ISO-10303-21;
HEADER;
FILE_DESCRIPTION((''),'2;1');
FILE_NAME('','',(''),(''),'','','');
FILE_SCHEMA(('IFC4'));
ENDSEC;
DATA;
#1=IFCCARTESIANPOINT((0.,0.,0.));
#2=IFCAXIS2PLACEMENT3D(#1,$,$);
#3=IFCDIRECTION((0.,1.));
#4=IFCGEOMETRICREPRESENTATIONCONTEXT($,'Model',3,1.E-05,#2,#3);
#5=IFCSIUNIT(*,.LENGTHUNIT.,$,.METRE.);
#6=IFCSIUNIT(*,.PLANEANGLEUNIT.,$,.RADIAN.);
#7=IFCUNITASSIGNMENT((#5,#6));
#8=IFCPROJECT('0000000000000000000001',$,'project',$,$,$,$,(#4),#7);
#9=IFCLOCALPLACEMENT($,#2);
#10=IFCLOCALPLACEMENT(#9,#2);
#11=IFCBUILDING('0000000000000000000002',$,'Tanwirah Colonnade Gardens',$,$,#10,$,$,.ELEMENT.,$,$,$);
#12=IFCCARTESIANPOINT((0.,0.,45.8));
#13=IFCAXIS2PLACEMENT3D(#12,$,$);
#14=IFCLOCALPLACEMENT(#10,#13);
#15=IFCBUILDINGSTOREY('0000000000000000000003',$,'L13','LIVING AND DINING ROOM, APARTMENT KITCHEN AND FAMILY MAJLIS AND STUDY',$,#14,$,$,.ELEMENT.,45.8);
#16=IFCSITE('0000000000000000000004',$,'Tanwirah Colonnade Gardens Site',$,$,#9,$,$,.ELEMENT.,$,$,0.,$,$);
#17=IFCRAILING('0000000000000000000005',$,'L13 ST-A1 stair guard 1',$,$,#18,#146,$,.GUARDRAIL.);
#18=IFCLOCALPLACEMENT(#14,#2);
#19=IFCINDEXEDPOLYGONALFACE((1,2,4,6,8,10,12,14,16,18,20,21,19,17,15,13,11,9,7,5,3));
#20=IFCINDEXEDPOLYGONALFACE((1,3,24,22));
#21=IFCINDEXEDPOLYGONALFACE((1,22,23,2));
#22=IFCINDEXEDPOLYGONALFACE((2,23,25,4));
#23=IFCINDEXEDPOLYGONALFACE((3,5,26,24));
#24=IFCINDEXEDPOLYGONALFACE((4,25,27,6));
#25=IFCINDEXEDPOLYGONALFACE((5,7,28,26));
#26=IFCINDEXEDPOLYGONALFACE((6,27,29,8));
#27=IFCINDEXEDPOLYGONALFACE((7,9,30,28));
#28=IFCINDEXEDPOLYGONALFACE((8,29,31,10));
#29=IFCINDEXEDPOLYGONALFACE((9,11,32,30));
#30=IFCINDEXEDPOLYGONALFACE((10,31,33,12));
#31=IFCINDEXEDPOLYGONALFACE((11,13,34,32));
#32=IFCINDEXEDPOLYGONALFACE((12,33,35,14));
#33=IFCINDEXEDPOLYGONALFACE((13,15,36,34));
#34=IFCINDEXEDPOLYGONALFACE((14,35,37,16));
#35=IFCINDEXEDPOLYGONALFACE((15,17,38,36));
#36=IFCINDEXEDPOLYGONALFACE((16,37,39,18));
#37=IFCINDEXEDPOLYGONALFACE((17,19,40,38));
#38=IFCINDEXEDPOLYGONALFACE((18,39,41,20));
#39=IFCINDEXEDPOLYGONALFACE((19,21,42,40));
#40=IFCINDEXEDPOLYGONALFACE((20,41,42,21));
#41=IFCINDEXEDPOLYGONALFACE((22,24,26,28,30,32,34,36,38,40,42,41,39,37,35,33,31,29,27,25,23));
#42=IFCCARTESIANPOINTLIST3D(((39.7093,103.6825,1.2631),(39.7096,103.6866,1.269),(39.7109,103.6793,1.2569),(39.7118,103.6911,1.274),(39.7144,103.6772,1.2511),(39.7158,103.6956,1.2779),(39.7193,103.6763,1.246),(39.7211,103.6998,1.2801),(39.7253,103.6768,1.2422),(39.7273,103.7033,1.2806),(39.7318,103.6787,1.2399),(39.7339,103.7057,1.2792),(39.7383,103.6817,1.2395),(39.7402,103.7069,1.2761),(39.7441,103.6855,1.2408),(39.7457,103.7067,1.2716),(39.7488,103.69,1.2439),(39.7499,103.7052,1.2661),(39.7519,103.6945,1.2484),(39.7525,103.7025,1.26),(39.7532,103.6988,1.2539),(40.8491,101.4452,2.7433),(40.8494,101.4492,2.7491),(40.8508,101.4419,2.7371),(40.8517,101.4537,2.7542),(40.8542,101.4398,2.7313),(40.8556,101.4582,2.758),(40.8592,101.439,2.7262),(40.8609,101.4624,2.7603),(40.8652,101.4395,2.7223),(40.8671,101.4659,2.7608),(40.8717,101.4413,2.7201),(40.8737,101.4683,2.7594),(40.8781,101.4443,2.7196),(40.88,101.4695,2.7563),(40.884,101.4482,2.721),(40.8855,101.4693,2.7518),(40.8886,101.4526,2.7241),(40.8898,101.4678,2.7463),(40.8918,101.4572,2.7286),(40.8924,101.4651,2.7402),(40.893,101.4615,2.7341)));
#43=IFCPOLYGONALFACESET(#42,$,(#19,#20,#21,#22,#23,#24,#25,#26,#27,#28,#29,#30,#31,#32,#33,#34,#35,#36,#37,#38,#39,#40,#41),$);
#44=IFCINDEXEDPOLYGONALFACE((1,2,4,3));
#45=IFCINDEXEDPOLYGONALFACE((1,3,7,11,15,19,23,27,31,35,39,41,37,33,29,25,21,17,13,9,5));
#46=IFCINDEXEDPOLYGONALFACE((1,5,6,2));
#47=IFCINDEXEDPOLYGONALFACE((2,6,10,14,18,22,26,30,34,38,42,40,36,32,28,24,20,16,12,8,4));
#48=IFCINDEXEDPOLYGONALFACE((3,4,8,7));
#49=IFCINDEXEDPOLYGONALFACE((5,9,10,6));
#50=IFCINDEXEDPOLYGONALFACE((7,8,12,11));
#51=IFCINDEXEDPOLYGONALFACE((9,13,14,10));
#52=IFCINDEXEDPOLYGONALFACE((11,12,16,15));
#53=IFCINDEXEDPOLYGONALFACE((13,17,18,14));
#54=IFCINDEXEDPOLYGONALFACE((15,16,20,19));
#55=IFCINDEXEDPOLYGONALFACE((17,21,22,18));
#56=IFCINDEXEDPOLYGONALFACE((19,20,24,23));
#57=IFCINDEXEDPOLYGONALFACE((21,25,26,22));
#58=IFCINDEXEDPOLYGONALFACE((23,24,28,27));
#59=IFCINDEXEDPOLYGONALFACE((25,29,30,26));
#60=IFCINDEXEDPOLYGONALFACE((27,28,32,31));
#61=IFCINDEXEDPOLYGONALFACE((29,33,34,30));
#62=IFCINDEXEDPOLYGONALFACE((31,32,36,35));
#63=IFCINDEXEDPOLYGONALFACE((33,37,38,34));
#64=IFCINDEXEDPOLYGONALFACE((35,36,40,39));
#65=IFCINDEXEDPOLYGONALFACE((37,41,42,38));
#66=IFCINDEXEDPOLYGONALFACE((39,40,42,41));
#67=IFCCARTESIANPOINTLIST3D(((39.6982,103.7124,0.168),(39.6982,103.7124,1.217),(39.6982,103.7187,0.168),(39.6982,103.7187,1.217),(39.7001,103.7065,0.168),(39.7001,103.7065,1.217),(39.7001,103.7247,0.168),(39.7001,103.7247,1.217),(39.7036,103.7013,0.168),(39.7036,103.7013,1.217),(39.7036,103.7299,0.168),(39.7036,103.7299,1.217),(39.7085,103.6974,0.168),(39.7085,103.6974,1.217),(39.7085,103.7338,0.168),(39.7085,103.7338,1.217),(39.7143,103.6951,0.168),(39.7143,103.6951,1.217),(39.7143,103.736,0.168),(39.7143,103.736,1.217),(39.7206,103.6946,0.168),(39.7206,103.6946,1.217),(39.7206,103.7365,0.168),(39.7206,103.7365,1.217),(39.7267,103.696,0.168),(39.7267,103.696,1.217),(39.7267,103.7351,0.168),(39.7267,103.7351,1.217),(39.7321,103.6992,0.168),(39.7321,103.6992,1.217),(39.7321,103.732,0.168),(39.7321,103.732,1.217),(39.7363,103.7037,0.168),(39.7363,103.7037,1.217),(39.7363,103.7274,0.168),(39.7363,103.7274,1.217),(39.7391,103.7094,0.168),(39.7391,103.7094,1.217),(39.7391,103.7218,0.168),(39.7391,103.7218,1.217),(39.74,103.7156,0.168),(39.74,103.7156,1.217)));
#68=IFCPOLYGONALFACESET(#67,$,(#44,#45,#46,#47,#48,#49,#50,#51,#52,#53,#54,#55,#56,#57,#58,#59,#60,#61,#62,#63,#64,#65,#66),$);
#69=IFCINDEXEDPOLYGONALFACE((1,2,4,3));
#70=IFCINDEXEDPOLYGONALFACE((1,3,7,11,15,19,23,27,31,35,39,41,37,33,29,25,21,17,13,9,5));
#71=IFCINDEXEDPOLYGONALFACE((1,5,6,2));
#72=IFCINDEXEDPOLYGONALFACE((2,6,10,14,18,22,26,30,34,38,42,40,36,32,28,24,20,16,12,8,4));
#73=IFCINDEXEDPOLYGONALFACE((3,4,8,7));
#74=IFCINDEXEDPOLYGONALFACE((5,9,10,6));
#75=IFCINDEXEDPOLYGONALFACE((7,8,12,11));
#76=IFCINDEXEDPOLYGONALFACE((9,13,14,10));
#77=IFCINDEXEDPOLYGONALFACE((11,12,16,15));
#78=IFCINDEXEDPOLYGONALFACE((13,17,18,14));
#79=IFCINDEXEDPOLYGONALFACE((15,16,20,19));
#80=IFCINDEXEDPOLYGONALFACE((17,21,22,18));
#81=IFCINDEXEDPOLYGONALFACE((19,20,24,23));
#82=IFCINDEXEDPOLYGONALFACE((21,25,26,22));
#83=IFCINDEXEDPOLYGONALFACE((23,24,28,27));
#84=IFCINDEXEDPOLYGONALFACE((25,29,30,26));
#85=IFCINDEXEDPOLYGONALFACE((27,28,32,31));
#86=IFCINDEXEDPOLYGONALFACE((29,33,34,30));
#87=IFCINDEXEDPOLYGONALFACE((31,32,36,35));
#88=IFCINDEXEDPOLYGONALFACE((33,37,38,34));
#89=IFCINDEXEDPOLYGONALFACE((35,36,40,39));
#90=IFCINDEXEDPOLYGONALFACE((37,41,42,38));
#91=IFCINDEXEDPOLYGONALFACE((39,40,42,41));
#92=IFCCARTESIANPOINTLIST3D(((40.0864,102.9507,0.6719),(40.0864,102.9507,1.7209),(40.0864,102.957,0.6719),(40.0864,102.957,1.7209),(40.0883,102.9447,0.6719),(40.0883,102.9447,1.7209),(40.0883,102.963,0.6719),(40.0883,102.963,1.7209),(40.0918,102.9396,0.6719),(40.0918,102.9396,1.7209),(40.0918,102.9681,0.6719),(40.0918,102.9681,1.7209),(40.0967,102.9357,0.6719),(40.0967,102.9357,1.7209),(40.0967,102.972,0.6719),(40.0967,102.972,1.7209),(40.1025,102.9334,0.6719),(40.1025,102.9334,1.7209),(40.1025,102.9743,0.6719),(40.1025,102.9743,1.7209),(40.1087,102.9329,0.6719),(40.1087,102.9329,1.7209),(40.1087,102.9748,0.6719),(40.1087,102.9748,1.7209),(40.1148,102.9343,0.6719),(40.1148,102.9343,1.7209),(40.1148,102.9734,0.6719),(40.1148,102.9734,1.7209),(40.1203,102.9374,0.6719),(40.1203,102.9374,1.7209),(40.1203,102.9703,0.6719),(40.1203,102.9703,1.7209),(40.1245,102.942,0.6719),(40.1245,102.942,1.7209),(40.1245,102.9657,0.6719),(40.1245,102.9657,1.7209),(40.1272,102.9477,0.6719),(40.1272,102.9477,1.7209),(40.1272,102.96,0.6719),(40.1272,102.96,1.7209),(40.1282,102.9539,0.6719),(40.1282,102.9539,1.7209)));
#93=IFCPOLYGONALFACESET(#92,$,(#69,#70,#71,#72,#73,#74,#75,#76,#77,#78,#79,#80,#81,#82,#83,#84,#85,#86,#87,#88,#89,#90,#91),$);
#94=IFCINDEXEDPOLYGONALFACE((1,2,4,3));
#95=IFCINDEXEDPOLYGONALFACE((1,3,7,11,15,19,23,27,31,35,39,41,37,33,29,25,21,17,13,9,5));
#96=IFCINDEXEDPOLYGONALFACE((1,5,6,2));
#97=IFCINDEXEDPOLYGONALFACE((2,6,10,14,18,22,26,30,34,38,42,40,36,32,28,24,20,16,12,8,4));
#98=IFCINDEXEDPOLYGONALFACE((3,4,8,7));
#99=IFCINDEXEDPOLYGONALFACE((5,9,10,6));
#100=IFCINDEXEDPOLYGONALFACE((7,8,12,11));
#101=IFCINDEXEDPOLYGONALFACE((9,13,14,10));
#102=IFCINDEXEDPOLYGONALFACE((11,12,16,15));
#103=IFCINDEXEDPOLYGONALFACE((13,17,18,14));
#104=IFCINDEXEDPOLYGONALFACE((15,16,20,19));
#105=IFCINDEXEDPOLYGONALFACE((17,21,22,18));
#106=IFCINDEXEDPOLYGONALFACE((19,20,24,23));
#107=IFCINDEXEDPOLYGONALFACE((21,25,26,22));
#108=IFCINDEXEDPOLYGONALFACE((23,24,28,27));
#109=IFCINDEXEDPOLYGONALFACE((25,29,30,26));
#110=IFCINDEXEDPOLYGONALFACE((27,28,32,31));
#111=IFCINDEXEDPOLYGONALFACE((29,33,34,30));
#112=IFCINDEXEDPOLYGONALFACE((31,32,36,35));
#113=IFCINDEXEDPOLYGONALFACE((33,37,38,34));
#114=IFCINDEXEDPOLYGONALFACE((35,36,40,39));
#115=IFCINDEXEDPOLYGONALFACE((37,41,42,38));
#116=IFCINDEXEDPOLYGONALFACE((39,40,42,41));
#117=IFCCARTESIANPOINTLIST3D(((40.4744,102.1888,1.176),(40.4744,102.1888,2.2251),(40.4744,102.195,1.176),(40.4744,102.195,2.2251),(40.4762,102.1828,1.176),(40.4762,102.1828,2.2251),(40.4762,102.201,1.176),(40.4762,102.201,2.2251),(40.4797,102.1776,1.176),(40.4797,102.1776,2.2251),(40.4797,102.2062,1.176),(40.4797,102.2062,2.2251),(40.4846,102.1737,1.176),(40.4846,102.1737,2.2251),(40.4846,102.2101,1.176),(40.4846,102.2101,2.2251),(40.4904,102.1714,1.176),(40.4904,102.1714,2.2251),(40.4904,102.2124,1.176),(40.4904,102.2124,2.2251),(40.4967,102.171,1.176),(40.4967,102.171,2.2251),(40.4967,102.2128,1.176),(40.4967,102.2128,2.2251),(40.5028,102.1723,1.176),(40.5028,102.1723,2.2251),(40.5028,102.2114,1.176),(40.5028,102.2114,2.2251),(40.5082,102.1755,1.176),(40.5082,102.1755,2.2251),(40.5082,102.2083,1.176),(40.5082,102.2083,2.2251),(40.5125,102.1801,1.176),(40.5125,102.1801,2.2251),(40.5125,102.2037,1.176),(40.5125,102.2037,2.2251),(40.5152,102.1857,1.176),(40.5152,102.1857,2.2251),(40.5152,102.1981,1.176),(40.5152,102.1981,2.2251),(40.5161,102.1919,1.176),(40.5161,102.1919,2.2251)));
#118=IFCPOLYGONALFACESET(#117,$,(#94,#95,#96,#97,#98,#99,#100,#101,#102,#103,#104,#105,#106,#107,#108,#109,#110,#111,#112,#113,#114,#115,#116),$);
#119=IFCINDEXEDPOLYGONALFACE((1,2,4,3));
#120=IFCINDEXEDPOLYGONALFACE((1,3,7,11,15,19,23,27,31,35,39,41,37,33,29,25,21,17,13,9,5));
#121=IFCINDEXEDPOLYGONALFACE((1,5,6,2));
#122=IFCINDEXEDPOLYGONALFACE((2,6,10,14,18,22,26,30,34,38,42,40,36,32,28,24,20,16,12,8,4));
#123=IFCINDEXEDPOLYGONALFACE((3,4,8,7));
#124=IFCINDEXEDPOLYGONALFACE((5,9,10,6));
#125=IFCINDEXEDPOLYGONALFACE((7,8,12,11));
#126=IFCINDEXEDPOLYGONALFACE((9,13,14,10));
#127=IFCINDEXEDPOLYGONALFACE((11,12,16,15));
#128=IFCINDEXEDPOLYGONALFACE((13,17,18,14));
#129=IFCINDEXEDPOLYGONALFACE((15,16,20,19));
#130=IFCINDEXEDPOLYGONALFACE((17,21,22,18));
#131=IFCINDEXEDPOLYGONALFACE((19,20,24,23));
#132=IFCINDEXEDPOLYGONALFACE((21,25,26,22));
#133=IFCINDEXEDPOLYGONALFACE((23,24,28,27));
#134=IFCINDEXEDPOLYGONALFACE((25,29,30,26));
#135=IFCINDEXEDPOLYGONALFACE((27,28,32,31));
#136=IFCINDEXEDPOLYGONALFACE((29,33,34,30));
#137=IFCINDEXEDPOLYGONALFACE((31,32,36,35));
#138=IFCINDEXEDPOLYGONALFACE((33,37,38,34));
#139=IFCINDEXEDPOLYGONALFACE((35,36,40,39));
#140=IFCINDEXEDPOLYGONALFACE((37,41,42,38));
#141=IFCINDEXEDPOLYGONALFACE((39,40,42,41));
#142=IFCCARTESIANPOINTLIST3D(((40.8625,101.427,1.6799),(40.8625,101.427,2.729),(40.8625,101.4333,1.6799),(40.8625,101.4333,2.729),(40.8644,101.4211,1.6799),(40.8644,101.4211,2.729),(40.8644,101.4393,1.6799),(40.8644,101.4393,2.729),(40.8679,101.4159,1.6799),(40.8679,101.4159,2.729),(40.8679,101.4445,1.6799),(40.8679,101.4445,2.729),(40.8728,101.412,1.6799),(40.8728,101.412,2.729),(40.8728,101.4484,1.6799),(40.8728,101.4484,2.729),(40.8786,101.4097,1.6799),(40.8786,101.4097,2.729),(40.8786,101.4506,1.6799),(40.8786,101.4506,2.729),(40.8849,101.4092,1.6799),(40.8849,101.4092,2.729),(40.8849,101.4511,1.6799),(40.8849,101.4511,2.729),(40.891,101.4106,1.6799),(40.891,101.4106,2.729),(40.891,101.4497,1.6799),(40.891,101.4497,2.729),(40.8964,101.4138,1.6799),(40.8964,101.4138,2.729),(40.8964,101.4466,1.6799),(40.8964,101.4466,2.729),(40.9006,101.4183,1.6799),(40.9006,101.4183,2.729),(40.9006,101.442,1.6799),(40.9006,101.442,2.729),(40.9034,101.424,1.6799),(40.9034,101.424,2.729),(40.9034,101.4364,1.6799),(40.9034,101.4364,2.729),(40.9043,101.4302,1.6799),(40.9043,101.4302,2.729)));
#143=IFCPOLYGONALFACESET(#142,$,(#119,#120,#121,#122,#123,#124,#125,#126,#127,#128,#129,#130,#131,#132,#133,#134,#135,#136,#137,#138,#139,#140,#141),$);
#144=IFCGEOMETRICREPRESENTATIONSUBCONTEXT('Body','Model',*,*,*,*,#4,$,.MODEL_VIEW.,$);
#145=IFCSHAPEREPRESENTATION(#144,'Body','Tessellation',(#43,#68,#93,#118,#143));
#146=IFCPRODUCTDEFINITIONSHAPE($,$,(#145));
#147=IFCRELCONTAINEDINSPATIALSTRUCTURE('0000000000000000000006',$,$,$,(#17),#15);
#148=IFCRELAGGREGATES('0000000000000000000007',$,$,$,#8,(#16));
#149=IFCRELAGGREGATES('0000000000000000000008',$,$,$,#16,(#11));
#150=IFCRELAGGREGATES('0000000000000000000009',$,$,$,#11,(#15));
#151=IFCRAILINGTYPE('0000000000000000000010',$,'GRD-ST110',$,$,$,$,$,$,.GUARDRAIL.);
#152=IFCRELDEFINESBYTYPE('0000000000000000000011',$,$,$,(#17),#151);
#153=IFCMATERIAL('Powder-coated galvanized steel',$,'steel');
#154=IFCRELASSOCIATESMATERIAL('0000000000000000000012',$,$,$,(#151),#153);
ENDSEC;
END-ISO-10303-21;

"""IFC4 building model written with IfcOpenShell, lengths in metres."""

from ifc_helpers import new_model, si_unit, direction, frame, origin, origin_2d, place, context, subcontext, project, spatial, circle, extrude, material, type_object, element, save


model = new_model("IFC4")

# Units and contexts
model_context = context("Model", 3, precision=1e-05, world=origin(), true_north=direction((0.0, 1.0)))
body_context = subcontext(model_context, "Body", "Model", "MODEL_VIEW")
ifc_project = project(units=[si_unit("LENGTHUNIT", "METRE"), si_unit("PLANEANGLEUNIT", "RADIAN")], contexts=[model_context])

# Site, building, storey
site_placement = place(None, origin())
site = spatial("IfcSite", under=ifc_project, at=site_placement, Name="Tanwirah Colonnade Gardens Site", CompositionType="ELEMENT", RefElevation=0.0)
building_placement = place(site_placement, origin())
building = spatial("IfcBuilding", under=site, at=building_placement, Name="Tanwirah Colonnade Gardens", CompositionType="ELEMENT")
storey_placement = place(building_placement, frame((0.0, 0.0, 45.8)))
storey = spatial("IfcBuildingStorey", under=building, at=storey_placement, Name="L13", Description="LIVING AND DINING ROOM, APARTMENT KITCHEN AND FAMILY MAJLIS AND STUDY", CompositionType="ELEMENT", Elevation=45.8)

# Railing
ifc_material_1 = material(Name="Powder-coated galvanized steel", Category="steel")
railing_type_1 = type_object("IfcRailingType", Name="GRD-ST110", PredefinedType="GUARDRAIL", material=ifc_material_1)
railing_1_placement = place(storey_placement, frame((39.719, 103.7156, 0.168)))
element("IfcRailing", 1, at=railing_1_placement, inside=storey, type_object=railing_type_1, Name="L13 ST-A1 stair guard 1", PredefinedType="GUARDRAIL", context=body_context, shape_type="SweptSolid", body=[
    extrude(circle(Radius=0.0239, at=origin_2d()), frame((0.0122, -0.0239, 1.092), z_axis=(0.391053, -0.767592, 0.507819), x_axis=(0.891032, 0.45394, 0.0)), (0.0, 0.0, 1.0), 2.9148),
    extrude(circle(Radius=0.021, at=origin_2d()), origin(), (0.0, 0.0, 1.0), 1.0491),
    extrude(circle(Radius=0.021, at=origin_2d()), frame((0.3882, -0.7617, 0.5039)), (0.0, 0.0, 1.0), 1.0491),
    extrude(circle(Radius=0.021, at=origin_2d()), frame((0.7761, -1.5237, 1.0081)), (0.0, 0.0, 1.0), 1.0491),
    extrude(circle(Radius=0.021, at=origin_2d()), frame((1.1643, -2.2854, 1.512)), (0.0, 0.0, 1.0), 1.0491),
])

save(model, "model.ifc")
